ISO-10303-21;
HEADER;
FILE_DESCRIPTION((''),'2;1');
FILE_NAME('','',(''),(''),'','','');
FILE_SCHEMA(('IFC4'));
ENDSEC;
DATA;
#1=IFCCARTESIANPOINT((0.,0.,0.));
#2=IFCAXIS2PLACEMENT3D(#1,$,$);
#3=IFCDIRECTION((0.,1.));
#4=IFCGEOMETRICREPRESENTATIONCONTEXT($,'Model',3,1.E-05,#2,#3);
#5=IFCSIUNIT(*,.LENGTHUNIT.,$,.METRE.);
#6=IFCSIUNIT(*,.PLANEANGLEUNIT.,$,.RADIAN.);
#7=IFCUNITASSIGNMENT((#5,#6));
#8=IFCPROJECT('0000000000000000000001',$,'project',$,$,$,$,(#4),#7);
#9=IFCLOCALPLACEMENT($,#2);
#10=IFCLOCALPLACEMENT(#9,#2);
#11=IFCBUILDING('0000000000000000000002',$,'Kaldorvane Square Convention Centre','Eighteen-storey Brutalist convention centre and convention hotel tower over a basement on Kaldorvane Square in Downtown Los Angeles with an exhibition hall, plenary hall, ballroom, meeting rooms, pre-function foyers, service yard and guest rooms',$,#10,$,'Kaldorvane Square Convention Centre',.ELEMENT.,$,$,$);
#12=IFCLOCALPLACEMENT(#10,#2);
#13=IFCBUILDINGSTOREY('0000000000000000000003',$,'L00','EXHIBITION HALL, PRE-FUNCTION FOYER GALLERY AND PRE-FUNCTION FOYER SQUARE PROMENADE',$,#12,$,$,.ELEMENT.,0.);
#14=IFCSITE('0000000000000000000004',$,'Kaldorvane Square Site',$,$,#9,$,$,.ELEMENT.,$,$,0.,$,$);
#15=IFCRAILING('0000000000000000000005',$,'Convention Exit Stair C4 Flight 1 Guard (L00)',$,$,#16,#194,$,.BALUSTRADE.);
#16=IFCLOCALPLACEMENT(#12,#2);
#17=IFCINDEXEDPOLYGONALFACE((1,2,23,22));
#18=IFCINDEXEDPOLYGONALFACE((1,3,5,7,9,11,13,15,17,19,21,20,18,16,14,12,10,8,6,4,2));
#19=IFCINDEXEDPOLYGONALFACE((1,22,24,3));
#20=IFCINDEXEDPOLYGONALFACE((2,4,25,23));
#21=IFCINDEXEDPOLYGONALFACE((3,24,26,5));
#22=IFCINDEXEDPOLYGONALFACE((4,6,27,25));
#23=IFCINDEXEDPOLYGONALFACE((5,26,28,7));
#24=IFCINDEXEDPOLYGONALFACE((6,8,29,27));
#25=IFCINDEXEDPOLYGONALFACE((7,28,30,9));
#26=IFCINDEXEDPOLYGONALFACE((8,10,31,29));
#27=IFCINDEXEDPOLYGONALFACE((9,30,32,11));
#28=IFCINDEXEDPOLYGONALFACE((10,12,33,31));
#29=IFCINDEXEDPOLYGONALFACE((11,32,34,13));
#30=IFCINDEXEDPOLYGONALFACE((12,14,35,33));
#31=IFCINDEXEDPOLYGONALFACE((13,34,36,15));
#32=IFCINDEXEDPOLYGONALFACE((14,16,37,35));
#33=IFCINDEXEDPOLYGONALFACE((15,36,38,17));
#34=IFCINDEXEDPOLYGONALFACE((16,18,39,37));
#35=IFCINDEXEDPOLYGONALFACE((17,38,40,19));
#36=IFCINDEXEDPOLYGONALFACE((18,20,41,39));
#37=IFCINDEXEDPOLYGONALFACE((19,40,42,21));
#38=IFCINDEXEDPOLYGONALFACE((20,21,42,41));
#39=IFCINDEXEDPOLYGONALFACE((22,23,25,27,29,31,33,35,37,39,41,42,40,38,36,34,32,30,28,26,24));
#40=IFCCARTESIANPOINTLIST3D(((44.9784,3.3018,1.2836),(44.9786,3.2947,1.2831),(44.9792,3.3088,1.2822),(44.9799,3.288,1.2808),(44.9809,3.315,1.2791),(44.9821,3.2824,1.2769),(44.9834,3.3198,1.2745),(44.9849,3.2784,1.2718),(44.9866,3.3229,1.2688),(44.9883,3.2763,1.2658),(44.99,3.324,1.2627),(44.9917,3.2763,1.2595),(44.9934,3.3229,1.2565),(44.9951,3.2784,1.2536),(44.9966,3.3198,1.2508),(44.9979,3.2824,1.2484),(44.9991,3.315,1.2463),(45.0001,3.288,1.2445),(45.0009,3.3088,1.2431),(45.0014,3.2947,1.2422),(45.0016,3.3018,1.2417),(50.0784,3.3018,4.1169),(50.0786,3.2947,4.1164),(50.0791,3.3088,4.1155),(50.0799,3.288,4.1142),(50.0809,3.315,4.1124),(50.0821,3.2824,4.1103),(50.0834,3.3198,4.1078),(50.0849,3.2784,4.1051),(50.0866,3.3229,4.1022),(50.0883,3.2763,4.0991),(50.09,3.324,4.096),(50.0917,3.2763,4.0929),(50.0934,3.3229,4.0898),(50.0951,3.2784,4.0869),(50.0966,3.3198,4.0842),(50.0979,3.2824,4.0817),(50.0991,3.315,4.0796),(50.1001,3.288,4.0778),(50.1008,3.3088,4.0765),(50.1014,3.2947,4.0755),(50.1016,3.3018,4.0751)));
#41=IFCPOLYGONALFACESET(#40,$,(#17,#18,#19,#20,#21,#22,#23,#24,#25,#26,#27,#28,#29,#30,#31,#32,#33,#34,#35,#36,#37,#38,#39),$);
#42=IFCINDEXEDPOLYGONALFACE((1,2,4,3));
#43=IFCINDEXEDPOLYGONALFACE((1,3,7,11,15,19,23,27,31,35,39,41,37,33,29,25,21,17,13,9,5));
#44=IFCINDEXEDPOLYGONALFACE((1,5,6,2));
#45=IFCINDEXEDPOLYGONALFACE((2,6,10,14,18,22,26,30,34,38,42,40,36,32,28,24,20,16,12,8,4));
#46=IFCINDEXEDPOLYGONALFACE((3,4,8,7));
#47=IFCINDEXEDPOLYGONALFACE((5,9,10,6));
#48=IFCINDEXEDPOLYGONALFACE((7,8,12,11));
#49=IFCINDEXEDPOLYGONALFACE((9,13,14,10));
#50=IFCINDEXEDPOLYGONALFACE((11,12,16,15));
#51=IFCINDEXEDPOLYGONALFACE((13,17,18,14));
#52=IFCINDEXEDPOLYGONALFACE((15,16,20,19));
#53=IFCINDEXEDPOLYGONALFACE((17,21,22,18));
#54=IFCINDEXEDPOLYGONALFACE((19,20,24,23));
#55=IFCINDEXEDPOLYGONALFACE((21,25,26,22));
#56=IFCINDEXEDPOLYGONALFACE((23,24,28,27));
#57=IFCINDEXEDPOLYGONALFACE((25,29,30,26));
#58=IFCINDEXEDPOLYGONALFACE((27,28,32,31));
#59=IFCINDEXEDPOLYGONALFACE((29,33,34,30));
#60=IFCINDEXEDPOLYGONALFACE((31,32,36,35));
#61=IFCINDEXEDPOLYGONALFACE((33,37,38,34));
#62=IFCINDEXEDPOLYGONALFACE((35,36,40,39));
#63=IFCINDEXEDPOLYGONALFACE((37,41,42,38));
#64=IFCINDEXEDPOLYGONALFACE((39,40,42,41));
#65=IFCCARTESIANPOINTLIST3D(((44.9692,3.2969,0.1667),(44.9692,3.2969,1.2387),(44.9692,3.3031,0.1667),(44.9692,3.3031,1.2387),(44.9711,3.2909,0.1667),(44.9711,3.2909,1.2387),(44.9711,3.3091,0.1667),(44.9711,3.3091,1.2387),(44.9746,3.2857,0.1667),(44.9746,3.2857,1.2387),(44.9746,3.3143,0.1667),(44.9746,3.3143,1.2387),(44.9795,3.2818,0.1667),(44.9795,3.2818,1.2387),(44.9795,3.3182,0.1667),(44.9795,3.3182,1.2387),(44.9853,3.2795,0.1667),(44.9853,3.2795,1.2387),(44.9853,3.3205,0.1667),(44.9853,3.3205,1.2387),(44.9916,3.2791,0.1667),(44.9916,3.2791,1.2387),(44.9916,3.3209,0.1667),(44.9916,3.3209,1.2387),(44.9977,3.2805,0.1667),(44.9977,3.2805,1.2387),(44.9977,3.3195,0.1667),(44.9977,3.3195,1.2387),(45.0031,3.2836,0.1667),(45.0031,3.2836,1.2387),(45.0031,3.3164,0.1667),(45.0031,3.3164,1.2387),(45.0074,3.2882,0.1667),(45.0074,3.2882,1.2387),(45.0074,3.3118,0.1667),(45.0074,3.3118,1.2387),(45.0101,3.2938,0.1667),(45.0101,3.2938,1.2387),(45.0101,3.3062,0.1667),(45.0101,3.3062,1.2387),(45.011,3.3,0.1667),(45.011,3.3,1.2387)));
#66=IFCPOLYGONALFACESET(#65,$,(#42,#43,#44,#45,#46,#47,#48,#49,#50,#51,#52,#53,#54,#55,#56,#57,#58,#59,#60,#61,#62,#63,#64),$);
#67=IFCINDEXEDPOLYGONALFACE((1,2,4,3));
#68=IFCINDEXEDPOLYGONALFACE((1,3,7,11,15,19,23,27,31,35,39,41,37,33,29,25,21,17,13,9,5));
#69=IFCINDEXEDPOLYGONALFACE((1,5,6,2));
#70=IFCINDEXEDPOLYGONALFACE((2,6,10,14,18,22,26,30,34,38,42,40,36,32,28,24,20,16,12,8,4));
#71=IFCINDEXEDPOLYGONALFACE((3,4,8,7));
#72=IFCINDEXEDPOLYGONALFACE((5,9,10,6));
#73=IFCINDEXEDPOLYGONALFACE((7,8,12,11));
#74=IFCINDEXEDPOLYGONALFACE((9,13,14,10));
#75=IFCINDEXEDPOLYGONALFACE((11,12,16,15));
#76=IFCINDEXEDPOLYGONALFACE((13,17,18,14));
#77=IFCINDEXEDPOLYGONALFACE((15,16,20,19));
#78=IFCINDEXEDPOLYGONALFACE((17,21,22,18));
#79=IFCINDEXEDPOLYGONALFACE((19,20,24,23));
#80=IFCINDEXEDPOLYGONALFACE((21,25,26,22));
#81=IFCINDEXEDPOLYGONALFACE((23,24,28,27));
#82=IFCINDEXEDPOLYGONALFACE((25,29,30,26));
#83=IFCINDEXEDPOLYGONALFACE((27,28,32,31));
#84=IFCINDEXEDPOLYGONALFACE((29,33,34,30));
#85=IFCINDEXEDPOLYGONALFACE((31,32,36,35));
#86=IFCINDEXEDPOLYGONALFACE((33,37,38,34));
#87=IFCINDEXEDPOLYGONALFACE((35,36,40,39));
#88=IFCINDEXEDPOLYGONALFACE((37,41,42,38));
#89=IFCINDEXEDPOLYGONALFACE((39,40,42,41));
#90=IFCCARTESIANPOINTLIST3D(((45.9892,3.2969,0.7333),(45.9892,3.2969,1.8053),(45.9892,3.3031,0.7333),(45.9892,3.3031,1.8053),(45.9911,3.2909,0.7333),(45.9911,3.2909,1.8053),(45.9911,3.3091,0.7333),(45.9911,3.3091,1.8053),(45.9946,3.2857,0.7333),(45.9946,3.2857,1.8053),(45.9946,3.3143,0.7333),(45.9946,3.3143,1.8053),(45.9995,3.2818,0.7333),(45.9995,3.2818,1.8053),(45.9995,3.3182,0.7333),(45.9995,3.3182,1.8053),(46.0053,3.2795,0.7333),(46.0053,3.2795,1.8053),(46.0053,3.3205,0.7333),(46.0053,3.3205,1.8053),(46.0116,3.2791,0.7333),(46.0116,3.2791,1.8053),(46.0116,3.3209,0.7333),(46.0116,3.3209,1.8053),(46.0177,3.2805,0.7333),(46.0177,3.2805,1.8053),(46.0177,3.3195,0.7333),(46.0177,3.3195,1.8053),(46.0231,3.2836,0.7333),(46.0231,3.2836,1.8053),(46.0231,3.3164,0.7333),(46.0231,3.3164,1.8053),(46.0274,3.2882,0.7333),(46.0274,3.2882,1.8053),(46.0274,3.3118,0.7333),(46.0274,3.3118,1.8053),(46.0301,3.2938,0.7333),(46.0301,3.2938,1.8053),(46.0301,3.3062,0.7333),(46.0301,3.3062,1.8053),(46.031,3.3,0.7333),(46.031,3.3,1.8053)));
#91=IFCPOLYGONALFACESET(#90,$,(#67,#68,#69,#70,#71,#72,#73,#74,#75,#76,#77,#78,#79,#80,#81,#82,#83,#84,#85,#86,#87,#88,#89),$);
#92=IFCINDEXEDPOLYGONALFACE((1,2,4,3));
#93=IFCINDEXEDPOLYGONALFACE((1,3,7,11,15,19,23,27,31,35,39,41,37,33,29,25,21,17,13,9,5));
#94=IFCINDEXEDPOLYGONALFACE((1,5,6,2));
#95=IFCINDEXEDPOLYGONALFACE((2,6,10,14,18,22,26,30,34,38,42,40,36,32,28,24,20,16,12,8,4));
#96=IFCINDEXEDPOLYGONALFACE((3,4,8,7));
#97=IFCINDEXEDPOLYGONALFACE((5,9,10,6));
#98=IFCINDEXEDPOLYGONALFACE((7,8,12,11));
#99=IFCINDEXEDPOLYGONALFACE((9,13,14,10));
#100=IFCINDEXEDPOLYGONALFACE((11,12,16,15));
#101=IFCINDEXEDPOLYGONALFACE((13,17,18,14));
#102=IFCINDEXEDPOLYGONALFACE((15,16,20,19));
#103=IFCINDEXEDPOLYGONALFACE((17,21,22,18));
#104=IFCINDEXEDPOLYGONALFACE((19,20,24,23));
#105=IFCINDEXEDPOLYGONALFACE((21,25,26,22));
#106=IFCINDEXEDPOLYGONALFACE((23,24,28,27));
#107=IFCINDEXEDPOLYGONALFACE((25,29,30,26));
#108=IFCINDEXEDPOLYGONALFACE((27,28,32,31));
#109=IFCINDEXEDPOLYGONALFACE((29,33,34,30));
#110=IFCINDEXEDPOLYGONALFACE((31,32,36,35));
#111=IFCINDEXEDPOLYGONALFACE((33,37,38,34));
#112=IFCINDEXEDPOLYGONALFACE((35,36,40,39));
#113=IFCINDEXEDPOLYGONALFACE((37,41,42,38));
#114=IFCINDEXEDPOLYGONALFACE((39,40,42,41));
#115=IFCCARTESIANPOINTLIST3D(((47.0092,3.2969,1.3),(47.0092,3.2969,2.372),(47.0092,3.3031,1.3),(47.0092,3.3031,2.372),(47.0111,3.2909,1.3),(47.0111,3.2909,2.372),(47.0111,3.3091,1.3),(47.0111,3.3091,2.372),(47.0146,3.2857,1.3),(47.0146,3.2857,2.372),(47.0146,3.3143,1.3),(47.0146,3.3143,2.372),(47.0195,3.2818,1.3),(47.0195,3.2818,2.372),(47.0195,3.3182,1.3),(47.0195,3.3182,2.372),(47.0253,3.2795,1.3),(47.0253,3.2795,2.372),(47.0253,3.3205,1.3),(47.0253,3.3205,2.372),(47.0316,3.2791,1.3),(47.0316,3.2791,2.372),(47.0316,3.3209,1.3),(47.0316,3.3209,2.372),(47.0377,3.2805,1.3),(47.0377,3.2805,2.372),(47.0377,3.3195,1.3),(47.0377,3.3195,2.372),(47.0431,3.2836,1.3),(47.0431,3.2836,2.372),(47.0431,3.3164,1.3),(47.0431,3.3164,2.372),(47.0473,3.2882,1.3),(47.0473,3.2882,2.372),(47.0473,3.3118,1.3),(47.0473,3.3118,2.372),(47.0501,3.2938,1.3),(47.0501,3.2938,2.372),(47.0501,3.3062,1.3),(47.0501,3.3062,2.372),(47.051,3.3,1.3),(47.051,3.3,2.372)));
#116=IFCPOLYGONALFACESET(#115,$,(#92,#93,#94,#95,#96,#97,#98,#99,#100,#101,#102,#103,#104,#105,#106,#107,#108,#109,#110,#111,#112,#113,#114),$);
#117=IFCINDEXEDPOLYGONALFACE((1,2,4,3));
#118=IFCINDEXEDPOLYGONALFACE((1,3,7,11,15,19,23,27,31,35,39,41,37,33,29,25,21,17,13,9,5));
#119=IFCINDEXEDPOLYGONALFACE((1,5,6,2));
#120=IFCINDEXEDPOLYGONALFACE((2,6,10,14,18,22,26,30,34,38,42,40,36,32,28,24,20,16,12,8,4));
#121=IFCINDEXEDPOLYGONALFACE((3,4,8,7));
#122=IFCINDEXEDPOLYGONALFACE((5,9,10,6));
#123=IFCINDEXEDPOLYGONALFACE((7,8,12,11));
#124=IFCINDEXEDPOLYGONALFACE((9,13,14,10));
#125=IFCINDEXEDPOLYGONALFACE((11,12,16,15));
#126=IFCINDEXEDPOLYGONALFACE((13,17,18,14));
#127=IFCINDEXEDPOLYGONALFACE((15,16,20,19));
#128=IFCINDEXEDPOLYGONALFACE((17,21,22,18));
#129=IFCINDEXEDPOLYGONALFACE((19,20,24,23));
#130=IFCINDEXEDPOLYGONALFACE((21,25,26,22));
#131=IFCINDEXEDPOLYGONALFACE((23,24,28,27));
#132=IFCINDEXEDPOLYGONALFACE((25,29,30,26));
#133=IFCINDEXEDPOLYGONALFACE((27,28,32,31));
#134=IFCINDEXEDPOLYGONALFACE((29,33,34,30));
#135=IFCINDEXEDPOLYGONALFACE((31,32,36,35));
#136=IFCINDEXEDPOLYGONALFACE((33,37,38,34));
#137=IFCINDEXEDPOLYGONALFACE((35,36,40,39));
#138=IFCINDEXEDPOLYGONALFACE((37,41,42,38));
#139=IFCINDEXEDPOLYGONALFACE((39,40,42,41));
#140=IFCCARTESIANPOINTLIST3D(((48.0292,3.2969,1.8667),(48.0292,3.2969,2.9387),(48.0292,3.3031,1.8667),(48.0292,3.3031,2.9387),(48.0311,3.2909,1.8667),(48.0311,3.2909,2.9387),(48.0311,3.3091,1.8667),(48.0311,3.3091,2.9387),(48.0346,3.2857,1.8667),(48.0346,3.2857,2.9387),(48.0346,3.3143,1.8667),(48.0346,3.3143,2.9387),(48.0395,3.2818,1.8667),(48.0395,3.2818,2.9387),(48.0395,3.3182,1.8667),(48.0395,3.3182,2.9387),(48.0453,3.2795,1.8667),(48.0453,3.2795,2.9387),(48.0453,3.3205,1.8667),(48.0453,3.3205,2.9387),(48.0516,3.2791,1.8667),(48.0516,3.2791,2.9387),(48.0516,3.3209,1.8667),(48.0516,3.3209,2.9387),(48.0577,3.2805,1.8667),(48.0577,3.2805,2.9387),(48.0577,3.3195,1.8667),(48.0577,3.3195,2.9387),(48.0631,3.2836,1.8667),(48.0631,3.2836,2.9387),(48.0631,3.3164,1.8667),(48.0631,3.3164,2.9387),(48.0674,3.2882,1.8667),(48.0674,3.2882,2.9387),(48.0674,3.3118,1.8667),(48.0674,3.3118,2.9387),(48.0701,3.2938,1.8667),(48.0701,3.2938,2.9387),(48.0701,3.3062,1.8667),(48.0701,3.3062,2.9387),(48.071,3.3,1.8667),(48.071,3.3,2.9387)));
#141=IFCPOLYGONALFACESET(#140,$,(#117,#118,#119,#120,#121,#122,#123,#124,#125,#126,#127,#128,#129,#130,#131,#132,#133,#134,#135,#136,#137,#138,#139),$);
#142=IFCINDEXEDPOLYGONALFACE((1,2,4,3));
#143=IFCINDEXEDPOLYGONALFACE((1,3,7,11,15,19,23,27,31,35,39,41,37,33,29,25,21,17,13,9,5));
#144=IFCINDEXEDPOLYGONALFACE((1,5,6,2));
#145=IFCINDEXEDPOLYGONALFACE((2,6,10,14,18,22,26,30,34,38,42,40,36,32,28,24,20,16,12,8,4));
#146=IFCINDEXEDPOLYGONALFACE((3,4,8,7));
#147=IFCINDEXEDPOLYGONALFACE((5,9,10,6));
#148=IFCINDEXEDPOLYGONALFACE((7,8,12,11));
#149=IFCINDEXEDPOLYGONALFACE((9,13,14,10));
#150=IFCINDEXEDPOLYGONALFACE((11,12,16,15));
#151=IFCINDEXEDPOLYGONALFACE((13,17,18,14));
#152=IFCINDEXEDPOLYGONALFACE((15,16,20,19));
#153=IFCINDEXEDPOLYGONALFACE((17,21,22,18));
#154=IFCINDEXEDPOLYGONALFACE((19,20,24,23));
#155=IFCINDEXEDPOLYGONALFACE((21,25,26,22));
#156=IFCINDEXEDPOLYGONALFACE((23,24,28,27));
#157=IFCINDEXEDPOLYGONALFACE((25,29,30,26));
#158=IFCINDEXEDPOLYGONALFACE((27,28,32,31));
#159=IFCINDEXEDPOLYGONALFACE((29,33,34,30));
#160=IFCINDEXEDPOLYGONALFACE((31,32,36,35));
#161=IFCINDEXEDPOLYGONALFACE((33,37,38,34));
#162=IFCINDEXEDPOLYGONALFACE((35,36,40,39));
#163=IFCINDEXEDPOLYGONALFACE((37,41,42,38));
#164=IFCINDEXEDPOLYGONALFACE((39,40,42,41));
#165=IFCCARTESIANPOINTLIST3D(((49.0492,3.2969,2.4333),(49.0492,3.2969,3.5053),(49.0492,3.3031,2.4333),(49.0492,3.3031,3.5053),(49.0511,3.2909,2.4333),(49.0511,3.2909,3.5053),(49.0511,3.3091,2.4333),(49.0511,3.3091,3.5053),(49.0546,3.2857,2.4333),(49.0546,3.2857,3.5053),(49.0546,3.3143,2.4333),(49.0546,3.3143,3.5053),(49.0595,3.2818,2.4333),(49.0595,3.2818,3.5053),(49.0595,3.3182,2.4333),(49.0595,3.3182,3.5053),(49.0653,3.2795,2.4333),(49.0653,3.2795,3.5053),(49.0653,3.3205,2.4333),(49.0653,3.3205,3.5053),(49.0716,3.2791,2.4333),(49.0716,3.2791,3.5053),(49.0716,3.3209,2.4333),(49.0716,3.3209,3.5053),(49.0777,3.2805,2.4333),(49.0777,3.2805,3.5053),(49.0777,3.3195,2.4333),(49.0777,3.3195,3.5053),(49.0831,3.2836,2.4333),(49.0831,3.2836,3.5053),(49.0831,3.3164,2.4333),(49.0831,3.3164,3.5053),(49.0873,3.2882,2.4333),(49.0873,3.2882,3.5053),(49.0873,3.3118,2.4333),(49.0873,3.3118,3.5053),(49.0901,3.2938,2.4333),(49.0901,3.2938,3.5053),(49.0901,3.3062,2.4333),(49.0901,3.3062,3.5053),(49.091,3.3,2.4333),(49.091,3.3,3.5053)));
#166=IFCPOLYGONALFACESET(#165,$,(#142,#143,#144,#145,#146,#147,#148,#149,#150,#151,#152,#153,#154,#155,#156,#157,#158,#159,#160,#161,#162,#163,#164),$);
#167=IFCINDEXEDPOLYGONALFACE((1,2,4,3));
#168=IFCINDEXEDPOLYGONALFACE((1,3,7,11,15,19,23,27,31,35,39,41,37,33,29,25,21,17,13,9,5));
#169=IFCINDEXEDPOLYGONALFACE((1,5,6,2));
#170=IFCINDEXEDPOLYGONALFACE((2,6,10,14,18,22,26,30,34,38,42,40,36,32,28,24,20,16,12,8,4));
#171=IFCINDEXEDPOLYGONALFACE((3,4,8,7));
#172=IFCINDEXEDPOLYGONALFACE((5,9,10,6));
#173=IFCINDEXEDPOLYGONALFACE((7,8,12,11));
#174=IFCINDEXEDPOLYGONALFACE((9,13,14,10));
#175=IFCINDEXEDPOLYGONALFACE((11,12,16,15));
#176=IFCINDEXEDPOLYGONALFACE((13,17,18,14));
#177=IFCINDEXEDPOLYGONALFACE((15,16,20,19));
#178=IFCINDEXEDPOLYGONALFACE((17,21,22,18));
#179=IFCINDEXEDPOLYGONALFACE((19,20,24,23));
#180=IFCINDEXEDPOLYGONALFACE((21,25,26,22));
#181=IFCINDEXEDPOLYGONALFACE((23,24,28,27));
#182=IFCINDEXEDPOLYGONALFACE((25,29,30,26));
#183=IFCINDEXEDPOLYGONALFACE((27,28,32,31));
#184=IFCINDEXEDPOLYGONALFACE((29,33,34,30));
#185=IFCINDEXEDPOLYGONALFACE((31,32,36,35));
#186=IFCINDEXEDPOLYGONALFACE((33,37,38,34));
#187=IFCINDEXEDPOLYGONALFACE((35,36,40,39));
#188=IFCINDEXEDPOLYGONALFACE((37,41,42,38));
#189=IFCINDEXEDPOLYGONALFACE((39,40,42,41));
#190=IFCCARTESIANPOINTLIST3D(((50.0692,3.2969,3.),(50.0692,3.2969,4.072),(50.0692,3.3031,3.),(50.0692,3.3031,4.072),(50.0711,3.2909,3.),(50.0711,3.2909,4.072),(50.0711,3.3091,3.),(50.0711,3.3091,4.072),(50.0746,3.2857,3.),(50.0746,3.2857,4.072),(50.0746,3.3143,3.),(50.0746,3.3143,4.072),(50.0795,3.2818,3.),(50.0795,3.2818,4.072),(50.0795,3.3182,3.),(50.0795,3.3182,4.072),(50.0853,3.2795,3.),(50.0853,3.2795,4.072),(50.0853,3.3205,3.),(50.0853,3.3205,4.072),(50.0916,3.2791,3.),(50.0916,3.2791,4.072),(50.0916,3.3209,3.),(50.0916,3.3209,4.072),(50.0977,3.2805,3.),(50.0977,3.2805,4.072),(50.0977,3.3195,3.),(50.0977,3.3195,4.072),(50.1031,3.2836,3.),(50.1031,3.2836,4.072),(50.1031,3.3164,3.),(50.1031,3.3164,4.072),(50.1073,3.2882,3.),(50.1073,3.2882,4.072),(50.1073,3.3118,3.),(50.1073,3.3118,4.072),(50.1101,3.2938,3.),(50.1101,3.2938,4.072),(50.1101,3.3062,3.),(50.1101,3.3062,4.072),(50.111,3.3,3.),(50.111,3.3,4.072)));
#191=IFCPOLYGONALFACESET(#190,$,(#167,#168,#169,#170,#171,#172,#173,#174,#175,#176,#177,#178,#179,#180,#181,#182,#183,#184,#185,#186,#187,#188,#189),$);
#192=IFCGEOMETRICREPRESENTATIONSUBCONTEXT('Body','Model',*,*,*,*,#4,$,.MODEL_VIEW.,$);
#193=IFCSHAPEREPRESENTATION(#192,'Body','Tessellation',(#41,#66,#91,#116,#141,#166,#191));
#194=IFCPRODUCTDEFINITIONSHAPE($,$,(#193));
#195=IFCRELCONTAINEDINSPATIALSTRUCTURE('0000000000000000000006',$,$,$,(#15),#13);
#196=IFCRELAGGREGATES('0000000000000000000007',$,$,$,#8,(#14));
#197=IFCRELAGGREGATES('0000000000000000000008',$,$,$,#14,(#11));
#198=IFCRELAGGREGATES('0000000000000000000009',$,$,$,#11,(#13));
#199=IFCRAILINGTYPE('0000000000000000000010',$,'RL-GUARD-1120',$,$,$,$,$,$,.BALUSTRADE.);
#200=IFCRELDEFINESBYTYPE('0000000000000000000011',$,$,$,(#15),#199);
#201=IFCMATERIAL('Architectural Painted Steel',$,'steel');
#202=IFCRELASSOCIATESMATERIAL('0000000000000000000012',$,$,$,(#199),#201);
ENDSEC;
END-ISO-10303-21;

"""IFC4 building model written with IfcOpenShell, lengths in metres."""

from ifc_helpers import new_model, si_unit, direction, frame, origin, origin_2d, place, context, subcontext, project, spatial, circle, extrude, material, type_object, element, save


model = new_model("IFC4")

# Units and contexts
model_context = context("Model", 3, precision=1e-05, world=origin(), true_north=direction((0.0, 1.0)))
body_context = subcontext(model_context, "Body", "Model", "MODEL_VIEW")
ifc_project = project(units=[si_unit("LENGTHUNIT", "METRE"), si_unit("PLANEANGLEUNIT", "RADIAN")], contexts=[model_context])

# Site, building, storey
site_placement = place(None, origin())
site = spatial("IfcSite", under=ifc_project, at=site_placement, Name="Kaldorvane Square Site", CompositionType="ELEMENT", RefElevation=0.0)
building_placement = place(site_placement, origin())
building = spatial("IfcBuilding", under=site, at=building_placement, Name="Kaldorvane Square Convention Centre", Description="Eighteen-storey Brutalist convention centre and convention hotel tower over a basement on Kaldorvane Square in Downtown Los Angeles with an exhibition hall, plenary hall, ballroom, meeting rooms, pre-function foyers, service yard and guest rooms", LongName="Kaldorvane Square Convention Centre", CompositionType="ELEMENT")
storey_placement = place(building_placement, origin())
storey = spatial("IfcBuildingStorey", under=building, at=storey_placement, Name="L00", Description="EXHIBITION HALL, PRE-FUNCTION FOYER GALLERY AND PRE-FUNCTION FOYER SQUARE PROMENADE", CompositionType="ELEMENT", Elevation=0.0)

# Railing
ifc_material_1 = material(Name="Architectural Painted Steel", Category="steel")
railing_type_1 = type_object("IfcRailingType", Name="RL-GUARD-1120", PredefinedType="BALUSTRADE", material=ifc_material_1)
railing_1_placement = place(storey_placement, frame((44.99, 3.3, 0.1667)))
element("IfcRailing", 1, at=railing_1_placement, inside=storey, type_object=railing_type_1, Name="Convention Exit Stair C4 Flight 1 Guard (L00)", PredefinedType="BALUSTRADE", context=body_context, shape_type="SweptSolid", body=[
    extrude(circle(Radius=0.024, at=origin_2d()), frame((0.0, 0.0, 1.096), z_axis=(0.874157, 0.0, 0.485643), x_axis=(0.0, 1.0, 0.0)), (0.0, 0.0, 1.0), 5.8342),
    extrude(circle(Radius=0.021, at=origin_2d()), origin(), (0.0, 0.0, 1.0), 1.072),
    extrude(circle(Radius=0.021, at=origin_2d()), frame((1.02, 0.0, 0.5667)), (0.0, 0.0, 1.0), 1.072),
    extrude(circle(Radius=0.021, at=origin_2d()), frame((2.04, 0.0, 1.1333)), (0.0, 0.0, 1.0), 1.072),
    extrude(circle(Radius=0.021, at=origin_2d()), frame((3.06, 0.0, 1.7)), (0.0, 0.0, 1.0), 1.072),
    extrude(circle(Radius=0.021, at=origin_2d()), frame((4.08, 0.0, 2.2667)), (0.0, 0.0, 1.0), 1.072),
    extrude(circle(Radius=0.021, at=origin_2d()), frame((5.1, 0.0, 2.8333)), (0.0, 0.0, 1.0), 1.072),
])

save(model, "model.ifc")
